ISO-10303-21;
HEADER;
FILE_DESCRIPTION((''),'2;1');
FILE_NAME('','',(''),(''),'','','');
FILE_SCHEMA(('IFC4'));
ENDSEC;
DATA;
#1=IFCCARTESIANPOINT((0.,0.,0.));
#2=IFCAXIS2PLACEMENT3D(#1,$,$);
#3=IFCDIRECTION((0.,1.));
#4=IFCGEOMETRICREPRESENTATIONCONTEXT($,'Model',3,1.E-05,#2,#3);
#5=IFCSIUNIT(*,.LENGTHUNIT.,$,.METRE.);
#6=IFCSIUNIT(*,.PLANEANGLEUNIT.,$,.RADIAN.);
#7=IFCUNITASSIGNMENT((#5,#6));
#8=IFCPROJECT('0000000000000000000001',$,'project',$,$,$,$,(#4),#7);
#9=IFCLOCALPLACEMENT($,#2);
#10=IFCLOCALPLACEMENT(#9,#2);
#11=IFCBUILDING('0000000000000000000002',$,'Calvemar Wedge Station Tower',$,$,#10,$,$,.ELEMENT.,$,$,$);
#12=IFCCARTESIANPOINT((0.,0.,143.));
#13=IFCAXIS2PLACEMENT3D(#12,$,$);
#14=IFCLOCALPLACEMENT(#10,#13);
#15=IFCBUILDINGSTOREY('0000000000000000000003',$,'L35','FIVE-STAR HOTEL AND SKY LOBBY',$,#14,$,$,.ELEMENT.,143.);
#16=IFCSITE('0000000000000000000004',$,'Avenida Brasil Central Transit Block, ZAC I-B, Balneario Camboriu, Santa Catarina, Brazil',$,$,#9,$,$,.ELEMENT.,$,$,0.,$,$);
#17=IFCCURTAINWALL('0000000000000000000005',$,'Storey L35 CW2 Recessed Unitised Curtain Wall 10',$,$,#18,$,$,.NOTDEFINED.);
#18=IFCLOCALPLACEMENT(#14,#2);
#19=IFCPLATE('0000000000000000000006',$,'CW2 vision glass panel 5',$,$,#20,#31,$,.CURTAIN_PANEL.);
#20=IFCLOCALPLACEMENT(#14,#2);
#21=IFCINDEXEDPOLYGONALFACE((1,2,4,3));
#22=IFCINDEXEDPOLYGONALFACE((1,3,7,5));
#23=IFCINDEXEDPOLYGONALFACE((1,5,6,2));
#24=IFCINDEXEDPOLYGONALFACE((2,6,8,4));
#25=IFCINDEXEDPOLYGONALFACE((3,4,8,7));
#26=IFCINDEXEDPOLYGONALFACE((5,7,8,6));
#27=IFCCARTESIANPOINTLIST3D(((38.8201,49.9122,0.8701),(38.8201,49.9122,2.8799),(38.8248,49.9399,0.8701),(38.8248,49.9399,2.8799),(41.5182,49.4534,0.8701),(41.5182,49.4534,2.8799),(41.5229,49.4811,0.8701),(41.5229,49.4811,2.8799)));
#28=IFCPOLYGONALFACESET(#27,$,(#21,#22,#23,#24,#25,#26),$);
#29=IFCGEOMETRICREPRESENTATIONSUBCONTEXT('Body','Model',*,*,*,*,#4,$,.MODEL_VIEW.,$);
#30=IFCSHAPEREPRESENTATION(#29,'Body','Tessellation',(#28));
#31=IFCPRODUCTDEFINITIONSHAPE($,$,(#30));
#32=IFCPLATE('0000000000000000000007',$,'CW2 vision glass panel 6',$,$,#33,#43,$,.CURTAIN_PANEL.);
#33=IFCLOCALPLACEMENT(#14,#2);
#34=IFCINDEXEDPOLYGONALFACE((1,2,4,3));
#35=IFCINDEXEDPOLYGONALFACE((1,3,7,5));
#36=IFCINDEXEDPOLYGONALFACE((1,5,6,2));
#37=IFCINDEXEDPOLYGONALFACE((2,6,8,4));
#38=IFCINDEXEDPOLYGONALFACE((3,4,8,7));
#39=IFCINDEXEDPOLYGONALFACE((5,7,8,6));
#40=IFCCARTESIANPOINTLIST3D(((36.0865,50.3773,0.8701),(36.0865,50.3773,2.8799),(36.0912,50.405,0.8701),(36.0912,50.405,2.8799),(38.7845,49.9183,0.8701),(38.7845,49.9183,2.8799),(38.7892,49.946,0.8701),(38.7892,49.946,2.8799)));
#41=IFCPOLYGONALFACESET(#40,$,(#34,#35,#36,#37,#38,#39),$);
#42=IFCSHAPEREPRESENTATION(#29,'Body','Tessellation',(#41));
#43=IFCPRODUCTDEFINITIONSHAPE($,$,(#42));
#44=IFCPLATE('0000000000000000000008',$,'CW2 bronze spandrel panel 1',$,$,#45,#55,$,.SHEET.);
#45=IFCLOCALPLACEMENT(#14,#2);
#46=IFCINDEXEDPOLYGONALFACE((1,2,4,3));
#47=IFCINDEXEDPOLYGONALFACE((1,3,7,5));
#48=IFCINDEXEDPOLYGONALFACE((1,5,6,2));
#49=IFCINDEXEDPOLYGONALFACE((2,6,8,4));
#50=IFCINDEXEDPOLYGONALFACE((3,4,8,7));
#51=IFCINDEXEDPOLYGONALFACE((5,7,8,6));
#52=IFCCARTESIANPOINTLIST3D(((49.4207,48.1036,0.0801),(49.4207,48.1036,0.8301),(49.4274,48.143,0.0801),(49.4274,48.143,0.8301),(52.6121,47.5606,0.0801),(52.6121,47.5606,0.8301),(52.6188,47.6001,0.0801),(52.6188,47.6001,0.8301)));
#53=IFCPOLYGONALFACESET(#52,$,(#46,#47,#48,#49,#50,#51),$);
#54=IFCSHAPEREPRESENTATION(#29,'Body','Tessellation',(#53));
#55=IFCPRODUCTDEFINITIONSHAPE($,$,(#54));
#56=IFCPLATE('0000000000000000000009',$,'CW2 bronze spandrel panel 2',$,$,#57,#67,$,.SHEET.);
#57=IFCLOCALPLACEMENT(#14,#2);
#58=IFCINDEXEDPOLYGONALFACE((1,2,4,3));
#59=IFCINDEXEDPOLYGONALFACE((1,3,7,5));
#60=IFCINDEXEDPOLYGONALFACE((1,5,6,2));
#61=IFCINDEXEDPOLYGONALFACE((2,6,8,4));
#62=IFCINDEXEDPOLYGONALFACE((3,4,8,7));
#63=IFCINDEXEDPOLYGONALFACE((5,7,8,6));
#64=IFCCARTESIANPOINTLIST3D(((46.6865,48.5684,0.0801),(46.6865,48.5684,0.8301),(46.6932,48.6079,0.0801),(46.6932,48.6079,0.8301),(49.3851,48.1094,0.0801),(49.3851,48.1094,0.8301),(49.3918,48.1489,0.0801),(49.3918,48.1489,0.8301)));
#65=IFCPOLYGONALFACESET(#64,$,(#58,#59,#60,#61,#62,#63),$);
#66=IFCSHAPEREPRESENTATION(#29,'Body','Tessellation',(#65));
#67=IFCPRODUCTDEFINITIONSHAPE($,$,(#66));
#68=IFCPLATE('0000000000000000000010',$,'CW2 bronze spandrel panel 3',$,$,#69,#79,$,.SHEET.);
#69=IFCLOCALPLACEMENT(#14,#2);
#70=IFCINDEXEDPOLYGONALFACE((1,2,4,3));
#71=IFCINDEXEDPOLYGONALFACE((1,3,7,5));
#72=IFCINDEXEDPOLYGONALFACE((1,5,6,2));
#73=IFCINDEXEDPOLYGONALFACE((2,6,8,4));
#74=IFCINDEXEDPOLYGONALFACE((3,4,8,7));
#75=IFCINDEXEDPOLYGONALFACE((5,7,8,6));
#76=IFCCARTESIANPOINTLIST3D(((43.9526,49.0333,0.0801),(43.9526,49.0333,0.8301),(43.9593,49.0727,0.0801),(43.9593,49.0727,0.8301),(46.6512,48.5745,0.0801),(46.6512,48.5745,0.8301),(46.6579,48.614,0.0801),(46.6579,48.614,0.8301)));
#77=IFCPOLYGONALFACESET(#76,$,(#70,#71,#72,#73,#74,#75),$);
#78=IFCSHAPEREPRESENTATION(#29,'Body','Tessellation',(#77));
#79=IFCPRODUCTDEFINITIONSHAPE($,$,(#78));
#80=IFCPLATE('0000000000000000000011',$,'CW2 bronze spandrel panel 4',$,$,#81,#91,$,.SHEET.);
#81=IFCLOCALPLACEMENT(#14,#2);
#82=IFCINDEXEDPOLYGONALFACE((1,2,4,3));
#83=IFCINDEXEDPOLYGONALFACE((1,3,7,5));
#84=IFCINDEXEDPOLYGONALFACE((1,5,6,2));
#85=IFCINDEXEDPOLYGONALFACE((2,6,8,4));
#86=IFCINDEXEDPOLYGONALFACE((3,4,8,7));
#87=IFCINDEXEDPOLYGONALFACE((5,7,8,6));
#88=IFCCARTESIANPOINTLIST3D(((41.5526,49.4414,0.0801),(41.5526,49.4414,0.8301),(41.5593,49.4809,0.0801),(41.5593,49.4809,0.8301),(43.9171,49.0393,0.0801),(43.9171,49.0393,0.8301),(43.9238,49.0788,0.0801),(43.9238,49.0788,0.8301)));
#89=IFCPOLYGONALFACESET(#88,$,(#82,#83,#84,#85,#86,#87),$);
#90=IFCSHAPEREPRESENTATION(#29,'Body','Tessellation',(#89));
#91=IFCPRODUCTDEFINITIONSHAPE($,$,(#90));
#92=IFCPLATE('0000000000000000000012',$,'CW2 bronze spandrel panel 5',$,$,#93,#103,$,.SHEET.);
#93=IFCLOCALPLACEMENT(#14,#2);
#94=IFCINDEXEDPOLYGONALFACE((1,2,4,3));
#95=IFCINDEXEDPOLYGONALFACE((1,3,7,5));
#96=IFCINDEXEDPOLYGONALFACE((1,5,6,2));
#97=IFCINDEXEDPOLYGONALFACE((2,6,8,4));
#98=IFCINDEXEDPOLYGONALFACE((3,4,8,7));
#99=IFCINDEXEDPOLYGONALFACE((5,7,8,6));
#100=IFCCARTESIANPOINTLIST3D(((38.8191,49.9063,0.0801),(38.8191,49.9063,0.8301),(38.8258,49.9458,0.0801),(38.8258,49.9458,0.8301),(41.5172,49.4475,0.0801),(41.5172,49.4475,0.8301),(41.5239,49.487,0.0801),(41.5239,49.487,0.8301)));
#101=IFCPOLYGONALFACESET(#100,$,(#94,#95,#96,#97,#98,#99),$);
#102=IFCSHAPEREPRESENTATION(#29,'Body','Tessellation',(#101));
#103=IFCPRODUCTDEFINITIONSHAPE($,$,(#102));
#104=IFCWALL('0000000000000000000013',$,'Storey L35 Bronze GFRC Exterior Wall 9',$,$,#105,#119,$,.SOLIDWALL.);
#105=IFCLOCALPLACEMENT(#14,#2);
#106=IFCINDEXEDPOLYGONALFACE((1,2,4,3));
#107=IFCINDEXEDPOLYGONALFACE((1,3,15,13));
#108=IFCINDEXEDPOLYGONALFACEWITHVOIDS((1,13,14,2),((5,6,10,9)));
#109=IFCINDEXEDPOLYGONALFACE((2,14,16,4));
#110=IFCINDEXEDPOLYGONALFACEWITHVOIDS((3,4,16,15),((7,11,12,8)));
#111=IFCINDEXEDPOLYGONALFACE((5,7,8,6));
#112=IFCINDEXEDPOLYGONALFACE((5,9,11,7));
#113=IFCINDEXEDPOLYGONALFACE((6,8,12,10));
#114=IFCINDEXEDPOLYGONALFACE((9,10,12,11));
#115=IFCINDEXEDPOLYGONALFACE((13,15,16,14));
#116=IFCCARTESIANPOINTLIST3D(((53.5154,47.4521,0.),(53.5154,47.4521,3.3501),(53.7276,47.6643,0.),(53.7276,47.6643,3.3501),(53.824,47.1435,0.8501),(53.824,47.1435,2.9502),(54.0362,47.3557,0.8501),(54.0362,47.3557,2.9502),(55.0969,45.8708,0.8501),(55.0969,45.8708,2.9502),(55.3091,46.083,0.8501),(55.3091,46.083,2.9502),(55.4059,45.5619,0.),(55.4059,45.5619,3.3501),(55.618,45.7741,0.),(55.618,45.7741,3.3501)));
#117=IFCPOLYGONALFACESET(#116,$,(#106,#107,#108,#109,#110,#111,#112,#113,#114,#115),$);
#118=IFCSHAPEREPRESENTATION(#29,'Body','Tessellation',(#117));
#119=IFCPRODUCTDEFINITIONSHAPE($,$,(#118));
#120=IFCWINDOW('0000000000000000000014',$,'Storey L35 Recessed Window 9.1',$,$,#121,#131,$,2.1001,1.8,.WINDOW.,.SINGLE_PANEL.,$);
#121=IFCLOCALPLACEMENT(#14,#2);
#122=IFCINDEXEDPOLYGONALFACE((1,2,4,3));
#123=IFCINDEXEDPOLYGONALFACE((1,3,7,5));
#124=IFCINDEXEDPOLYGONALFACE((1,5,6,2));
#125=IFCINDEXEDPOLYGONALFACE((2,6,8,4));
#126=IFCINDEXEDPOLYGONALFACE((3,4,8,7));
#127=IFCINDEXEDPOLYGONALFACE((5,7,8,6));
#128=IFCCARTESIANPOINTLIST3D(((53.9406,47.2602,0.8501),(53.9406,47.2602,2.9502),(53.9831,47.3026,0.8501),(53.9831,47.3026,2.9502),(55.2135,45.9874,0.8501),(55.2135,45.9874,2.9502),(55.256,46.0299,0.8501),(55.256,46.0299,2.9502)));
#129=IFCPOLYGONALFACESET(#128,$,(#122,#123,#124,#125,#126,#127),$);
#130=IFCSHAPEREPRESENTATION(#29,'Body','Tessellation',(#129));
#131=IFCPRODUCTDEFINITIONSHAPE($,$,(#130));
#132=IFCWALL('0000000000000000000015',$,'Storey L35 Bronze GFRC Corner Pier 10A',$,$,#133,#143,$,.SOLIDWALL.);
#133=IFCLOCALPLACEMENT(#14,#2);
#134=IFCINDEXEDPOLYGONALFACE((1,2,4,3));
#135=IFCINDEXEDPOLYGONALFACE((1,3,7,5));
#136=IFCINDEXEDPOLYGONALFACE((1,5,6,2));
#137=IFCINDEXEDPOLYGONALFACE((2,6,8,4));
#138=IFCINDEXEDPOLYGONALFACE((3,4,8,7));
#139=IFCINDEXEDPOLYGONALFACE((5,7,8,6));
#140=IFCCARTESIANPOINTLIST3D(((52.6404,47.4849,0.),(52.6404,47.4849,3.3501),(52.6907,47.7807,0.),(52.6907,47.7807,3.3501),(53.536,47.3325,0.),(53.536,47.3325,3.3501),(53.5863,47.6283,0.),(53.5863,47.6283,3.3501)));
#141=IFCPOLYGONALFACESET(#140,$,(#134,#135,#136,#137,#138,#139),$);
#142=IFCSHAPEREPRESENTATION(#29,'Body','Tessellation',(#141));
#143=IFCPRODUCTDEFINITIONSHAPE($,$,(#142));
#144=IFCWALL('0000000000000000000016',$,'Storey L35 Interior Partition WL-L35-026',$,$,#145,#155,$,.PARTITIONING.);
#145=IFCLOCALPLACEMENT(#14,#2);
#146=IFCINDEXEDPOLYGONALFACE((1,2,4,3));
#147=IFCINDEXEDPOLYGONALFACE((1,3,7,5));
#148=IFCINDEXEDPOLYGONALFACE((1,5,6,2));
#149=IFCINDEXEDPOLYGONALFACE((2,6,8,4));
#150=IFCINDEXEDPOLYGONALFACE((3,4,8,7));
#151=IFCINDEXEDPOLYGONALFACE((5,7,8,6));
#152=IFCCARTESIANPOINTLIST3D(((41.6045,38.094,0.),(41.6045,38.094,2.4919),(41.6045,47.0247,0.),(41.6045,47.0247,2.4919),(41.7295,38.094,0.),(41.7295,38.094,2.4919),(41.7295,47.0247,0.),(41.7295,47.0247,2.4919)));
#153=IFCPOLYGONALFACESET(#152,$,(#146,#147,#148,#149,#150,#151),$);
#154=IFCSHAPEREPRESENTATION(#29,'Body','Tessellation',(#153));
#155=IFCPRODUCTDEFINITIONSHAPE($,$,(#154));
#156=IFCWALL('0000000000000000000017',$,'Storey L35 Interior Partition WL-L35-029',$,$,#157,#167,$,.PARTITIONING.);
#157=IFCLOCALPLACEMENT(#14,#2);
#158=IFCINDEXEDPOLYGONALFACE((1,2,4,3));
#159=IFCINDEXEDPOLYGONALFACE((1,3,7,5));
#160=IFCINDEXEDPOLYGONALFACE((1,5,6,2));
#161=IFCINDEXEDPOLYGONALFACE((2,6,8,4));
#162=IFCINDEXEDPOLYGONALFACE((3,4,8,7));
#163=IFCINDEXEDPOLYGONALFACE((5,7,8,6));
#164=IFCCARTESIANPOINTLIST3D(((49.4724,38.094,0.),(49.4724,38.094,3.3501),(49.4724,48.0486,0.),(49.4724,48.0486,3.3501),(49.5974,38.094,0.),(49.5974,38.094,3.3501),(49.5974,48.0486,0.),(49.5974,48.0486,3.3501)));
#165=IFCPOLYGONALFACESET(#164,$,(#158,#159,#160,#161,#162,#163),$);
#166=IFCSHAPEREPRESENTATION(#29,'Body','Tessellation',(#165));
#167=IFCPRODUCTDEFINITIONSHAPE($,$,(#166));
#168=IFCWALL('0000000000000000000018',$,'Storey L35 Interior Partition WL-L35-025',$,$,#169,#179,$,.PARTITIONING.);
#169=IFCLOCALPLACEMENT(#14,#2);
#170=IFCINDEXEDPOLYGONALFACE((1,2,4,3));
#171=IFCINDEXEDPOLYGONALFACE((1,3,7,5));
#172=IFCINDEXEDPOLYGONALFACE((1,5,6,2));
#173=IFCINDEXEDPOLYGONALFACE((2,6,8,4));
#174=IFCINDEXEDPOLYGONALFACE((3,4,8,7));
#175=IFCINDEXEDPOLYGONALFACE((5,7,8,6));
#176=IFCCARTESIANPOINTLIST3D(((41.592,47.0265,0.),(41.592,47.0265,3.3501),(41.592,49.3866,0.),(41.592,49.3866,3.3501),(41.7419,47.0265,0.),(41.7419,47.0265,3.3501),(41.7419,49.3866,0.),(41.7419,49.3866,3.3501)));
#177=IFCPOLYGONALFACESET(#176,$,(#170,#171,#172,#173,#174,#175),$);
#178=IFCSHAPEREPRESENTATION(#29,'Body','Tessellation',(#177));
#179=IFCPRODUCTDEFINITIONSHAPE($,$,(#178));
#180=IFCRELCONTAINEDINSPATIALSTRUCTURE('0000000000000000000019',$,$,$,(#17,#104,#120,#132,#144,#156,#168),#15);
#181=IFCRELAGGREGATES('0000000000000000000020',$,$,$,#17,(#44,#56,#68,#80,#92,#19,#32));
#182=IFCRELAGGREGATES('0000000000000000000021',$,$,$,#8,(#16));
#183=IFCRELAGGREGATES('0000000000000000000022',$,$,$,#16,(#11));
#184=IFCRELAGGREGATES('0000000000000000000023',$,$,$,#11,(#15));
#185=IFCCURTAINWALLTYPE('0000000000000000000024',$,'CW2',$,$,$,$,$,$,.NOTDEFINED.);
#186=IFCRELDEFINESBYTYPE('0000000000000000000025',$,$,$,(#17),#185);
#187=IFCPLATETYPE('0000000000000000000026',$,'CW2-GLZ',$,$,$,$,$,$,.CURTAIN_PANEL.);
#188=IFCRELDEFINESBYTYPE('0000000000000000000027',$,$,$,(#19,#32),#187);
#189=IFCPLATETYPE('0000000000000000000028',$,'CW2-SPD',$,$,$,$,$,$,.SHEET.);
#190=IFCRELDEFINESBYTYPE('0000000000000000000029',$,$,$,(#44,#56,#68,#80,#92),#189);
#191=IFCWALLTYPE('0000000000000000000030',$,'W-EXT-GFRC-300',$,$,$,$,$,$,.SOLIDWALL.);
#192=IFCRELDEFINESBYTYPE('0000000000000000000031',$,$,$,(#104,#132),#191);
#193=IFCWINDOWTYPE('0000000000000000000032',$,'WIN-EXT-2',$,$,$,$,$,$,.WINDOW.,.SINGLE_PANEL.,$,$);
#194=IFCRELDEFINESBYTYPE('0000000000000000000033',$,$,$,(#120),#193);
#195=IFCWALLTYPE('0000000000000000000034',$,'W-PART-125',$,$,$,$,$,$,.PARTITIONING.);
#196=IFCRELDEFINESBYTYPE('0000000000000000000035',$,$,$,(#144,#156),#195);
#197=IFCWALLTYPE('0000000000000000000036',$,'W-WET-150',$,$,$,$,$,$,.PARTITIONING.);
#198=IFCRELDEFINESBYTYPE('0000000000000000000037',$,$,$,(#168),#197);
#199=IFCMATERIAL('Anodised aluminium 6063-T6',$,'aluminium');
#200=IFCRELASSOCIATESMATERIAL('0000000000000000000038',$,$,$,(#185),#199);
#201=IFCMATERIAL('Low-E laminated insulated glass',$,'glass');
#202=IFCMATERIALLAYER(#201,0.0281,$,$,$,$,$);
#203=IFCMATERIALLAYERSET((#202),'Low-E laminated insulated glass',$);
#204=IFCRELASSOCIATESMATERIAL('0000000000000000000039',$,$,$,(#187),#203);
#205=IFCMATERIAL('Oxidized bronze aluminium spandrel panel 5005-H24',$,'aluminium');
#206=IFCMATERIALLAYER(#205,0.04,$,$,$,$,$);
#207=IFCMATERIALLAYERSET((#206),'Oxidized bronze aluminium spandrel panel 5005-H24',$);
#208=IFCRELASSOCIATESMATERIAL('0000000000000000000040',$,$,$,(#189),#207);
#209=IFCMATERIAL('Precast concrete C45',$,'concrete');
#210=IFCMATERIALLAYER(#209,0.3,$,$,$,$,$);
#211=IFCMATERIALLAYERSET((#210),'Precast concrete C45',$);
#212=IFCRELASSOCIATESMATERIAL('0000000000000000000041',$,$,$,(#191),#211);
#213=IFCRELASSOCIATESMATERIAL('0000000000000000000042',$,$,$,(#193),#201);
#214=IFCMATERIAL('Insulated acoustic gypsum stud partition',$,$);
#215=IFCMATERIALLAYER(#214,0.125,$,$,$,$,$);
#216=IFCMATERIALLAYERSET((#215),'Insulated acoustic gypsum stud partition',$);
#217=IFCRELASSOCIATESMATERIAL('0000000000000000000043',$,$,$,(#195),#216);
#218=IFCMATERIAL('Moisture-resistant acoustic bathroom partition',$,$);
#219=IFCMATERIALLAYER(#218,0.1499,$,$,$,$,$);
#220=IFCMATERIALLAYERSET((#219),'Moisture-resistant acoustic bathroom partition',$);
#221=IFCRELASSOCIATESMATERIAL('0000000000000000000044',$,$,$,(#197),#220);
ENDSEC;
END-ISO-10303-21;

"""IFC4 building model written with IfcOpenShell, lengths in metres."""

from ifc_helpers import new_model, si_unit, direction, frame, frame_2d, origin, place, context, subcontext, project, spatial, rectangle, extrude, source, transform, mapped, material, layer, layer_set, type_object, element, fill, aggregate, save


model = new_model("IFC4")

# Units and contexts
model_context = context("Model", 3, precision=1e-05, world=origin(), true_north=direction((0.0, 1.0)))
body_context = subcontext(model_context, "Body", "Model", "MODEL_VIEW")
ifc_project = project(units=[si_unit("LENGTHUNIT", "METRE"), si_unit("PLANEANGLEUNIT", "RADIAN")], contexts=[model_context])

# Site, building, storey
site_placement = place(None, origin())
site = spatial("IfcSite", under=ifc_project, at=site_placement, Name="Avenida Brasil Central Transit Block, ZAC I-B, Balneario Camboriu, Santa Catarina, Brazil", CompositionType="ELEMENT", RefElevation=0.0)
building_placement = place(site_placement, origin())
building = spatial("IfcBuilding", under=site, at=building_placement, Name="Calvemar Wedge Station Tower", CompositionType="ELEMENT")
storey_placement = place(building_placement, frame((0.0, 0.0, 143.0)))
storey = spatial("IfcBuildingStorey", under=building, at=storey_placement, Name="L35", Description="FIVE-STAR HOTEL AND SKY LOBBY", CompositionType="ELEMENT", Elevation=143.0)

# Curtain wall, plates
ifc_material_1 = material(Name="Anodised aluminium 6063-T6", Category="aluminium")
curtain_wall_type = type_object("IfcCurtainWallType", Name="CW2", PredefinedType="NOTDEFINED", material=ifc_material_1)
curtain_wall_placement = place(storey_placement, origin())
curtain_wall = element("IfcCurtainWall", 1, at=curtain_wall_placement, inside=storey, type_object=curtain_wall_type, Name="Storey L35 CW2 Recessed Unitised Curtain Wall 10", PredefinedType="NOTDEFINED")
ifc_material_2 = material(Name="Low-E laminated insulated glass", Category="glass")
ifc_layer_1 = layer(ifc_material_2, 0.0281)
ifc_layer_set_1 = layer_set([ifc_layer_1], Name="Low-E laminated insulated glass")
plate_type_1 = type_object("IfcPlateType", Name="CW2-GLZ", PredefinedType="CURTAIN_PANEL", material=ifc_layer_set_1)
plate_1_placement = place(storey_placement, frame((41.5205, 49.4673, 0.8701), z_axis=(0.0, 0.0, 1.0), x_axis=(-0.985851, 0.167624, 0.0)))
plate_1 = element("IfcPlate", 2, at=plate_1_placement, type_object=plate_type_1, Name="CW2 vision glass panel 5", PredefinedType="CURTAIN_PANEL", context=body_context, shape_type="SweptSolid", body=[
    extrude(rectangle(XDim=2.7368, YDim=0.0281, at=frame_2d((1.3684, 0.0))), origin(), (0.0, 0.0, 1.0), 2.0098),
])
plate_2_placement = place(storey_placement, frame((38.7869, 49.9321, 0.8701), z_axis=(0.0, 0.0, 1.0), x_axis=(-0.985836, 0.167711, 0.0)))
plate_2 = element("IfcPlate", 3, at=plate_2_placement, type_object=plate_type_1, Name="CW2 vision glass panel 6", PredefinedType="CURTAIN_PANEL", context=body_context, shape_type="SweptSolid", body=[
    extrude(rectangle(XDim=2.7368, YDim=0.0281, at=frame_2d((1.3684, 0.0))), origin(), (0.0, 0.0, 1.0), 2.0098),
])
ifc_material_3 = material(Name="Oxidized bronze aluminium spandrel panel 5005-H24", Category="aluminium")
ifc_layer_2 = layer(ifc_material_3, 0.04)
ifc_layer_set_2 = layer_set([ifc_layer_2], Name="Oxidized bronze aluminium spandrel panel 5005-H24")
plate_type_2 = type_object("IfcPlateType", Name="CW2-SPD", PredefinedType="SHEET", material=ifc_layer_set_2)
plate_3_placement = place(storey_placement, frame((52.6155, 47.5803, 0.0801), z_axis=(0.0, 0.0, 1.0), x_axis=(-0.985834, 0.167724, 0.0)))
plate_3 = element("IfcPlate", 4, at=plate_3_placement, type_object=plate_type_2, Name="CW2 bronze spandrel panel 1", PredefinedType="SHEET", context=body_context, shape_type="SweptSolid", body=[
    extrude(rectangle(XDim=3.2373, YDim=0.04, at=frame_2d((1.6187, 0.0))), origin(), (0.0, 0.0, 1.0), 0.75),
])
plate_4_placement = place(storey_placement, frame((49.3884, 48.1292, 0.0801), z_axis=(0.0, 0.0, 1.0), x_axis=(-0.985841, 0.167681, 0.0)))
plate_4 = element("IfcPlate", 5, at=plate_4_placement, type_object=plate_type_2, Name="CW2 bronze spandrel panel 2", PredefinedType="SHEET", context=body_context, shape_type="SweptSolid", body=[
    extrude(rectangle(XDim=2.7373, YDim=0.04, at=frame_2d((1.3687, 0.0))), origin(), (0.0, 0.0, 1.0), 0.75),
])
plate_5_placement = place(storey_placement, frame((46.6545, 48.5942, 0.0801), z_axis=(0.0, 0.0, 1.0), x_axis=(-0.985856, 0.167595, 0.0)))
plate_5 = element("IfcPlate", 6, at=plate_5_placement, type_object=plate_type_2, Name="CW2 bronze spandrel panel 3", PredefinedType="SHEET", context=body_context, shape_type="SweptSolid", body=[
    extrude(rectangle(XDim=2.7373, YDim=0.04, at=frame_2d((1.3687, 0.0))), origin(), (0.0, 0.0, 1.0), 0.75),
])
plate_6_placement = place(storey_placement, frame((43.9204, 49.0591, 0.0801), z_axis=(0.0, 0.0, 1.0), x_axis=(-0.985847, 0.16765, 0.0)))
plate_6 = element("IfcPlate", 7, at=plate_6_placement, type_object=plate_type_2, Name="CW2 bronze spandrel panel 4", PredefinedType="SHEET", context=body_context, shape_type="SweptSolid", body=[
    extrude(rectangle(XDim=2.3984, YDim=0.04, at=frame_2d((1.1992, 0.0))), origin(), (0.0, 0.0, 1.0), 0.75),
])
plate_7_placement = place(storey_placement, frame((41.5205, 49.4673, 0.0801), z_axis=(0.0, 0.0, 1.0), x_axis=(-0.985851, 0.167624, 0.0)))
plate_7 = element("IfcPlate", 8, at=plate_7_placement, type_object=plate_type_2, Name="CW2 bronze spandrel panel 5", PredefinedType="SHEET", context=body_context, shape_type="SweptSolid", body=[
    extrude(rectangle(XDim=2.7368, YDim=0.04, at=frame_2d((1.3684, 0.0))), origin(), (0.0, 0.0, 1.0), 0.75),
])
aggregate(curtain_wall, [plate_3, plate_4, plate_5, plate_6, plate_7, plate_1, plate_2])

# Wall, opening, window
ifc_material_4 = material(Name="Precast concrete C45", Category="concrete")
ifc_layer_3 = layer(ifc_material_4, 0.3)
ifc_layer_set_3 = layer_set([ifc_layer_3], Name="Precast concrete C45")
wall_type_1 = type_object("IfcWallType", Name="W-EXT-GFRC-300", PredefinedType="SOLIDWALL", material=ifc_layer_set_3)
wall_1_placement = place(storey_placement, frame((55.512, 45.668, 0.0), z_axis=(0.0, 0.0, 1.0), x_axis=(-0.707152, 0.707061, 0.0)))
wall_1 = element("IfcWall", 9, at=wall_1_placement, inside=storey, type_object=wall_type_1, Name="Storey L35 Bronze GFRC Exterior Wall 9", PredefinedType="SOLIDWALL", context=body_context, shape_type="SweptSolid", body=[
    extrude(rectangle(XDim=2.6733, YDim=0.3, at=frame_2d((1.3367, 0.0))), origin(), (0.0, 0.0, 1.0), 3.3501),
])
shared_shape_1 = source(origin(), body_context, "Body", "SweptSolid", [
    extrude(rectangle(XDim=1.8, YDim=2.1001, at=frame_2d((0.8999, 1.05))), frame((0.0, 0.1602, 0.0), z_axis=(0.0, -1.0, 0.0), x_axis=(1.0, 0.0, 0.0)), (0.0, 0.0, 1.0), 0.3201),
])
opening_1_placement = place(wall_1_placement, frame((0.437, 0.0, 0.8501)))
opening_1 = element("IfcOpeningElement", 10, at=opening_1_placement, cuts=wall_1, PredefinedType="OPENING", context=body_context, shape_type="MappedRepresentation", body=[
    mapped(shared_shape_1, transform((0.0, 0.0, 0.0), scale=1.0)),
])
window_type = type_object("IfcWindowType", Name="WIN-EXT-2", PartitioningType="SINGLE_PANEL", PredefinedType="WINDOW", material=ifc_material_2)
shared_shape_2 = source(origin(), body_context, "Body", "SweptSolid", [
    extrude(rectangle(XDim=1.8, YDim=2.1001, at=frame_2d((0.8999, 1.05))), frame((0.0, -0.0149, 0.0), z_axis=(0.0, -1.0, 0.0), x_axis=(1.0, 0.0, 0.0)), (0.0, 0.0, 1.0), 0.0601),
])
window_placement = place(opening_1_placement, origin())
window = element("IfcWindow", 11, at=window_placement, inside=storey, type_object=window_type, Name="Storey L35 Recessed Window 9.1", OverallHeight=2.1001, OverallWidth=1.8, PartitioningType="SINGLE_PANEL", PredefinedType="WINDOW", context=body_context, shape_type="MappedRepresentation", body=[
    mapped(shared_shape_2, transform((0.0, 0.0, 0.0), scale=1.0)),
])
fill(opening_1, window)

# Walls
wall_2_placement = place(storey_placement, frame((53.561, 47.4805, 0.0), z_axis=(0.0, 0.0, 1.0), x_axis=(-0.985836, 0.16771, 0.0)))
element("IfcWall", 12, at=wall_2_placement, inside=storey, type_object=wall_type_1, Name="Storey L35 Bronze GFRC Corner Pier 10A", PredefinedType="SOLIDWALL", context=body_context, shape_type="SweptSolid", body=[
    extrude(rectangle(XDim=0.9084, YDim=0.3, at=frame_2d((0.4541, 0.0))), origin(), (0.0, 0.0, 1.0), 3.3501),
])
ifc_material_5 = material(Name="Insulated acoustic gypsum stud partition")
ifc_layer_4 = layer(ifc_material_5, 0.125)
ifc_layer_set_4 = layer_set([ifc_layer_4], Name="Insulated acoustic gypsum stud partition")
wall_type_2 = type_object("IfcWallType", Name="W-PART-125", PredefinedType="PARTITIONING", material=ifc_layer_set_4)
wall_3_placement = place(storey_placement, frame((41.667, 47.0247, 0.0), z_axis=(0.0, 0.0, 1.0), x_axis=(0.0, -1.0, 0.0)))
element("IfcWall", 13, at=wall_3_placement, inside=storey, type_object=wall_type_2, Name="Storey L35 Interior Partition WL-L35-026", PredefinedType="PARTITIONING", context=body_context, shape_type="SweptSolid", body=[
    extrude(rectangle(XDim=8.9307, YDim=0.125, at=frame_2d((4.4653, 0.0))), origin(), (0.0, 0.0, 1.0), 2.4919),
])
wall_4_placement = place(storey_placement, frame((49.5349, 48.0486, 0.0), z_axis=(0.0, 0.0, 1.0), x_axis=(0.0, -1.0, 0.0)))
element("IfcWall", 14, at=wall_4_placement, inside=storey, type_object=wall_type_2, Name="Storey L35 Interior Partition WL-L35-029", PredefinedType="PARTITIONING", context=body_context, shape_type="SweptSolid", body=[
    extrude(rectangle(XDim=9.9546, YDim=0.125, at=frame_2d((4.9773, 0.0))), origin(), (0.0, 0.0, 1.0), 3.3501),
])
ifc_material_6 = material(Name="Moisture-resistant acoustic bathroom partition")
ifc_layer_5 = layer(ifc_material_6, 0.1499)
ifc_layer_set_5 = layer_set([ifc_layer_5], Name="Moisture-resistant acoustic bathroom partition")
wall_type_3 = type_object("IfcWallType", Name="W-WET-150", PredefinedType="PARTITIONING", material=ifc_layer_set_5)
wall_5_placement = place(storey_placement, frame((41.667, 49.3867, 0.0), z_axis=(0.0, 0.0, 1.0), x_axis=(0.0, -1.0, 0.0)))
element("IfcWall", 15, at=wall_5_placement, inside=storey, type_object=wall_type_3, Name="Storey L35 Interior Partition WL-L35-025", PredefinedType="PARTITIONING", context=body_context, shape_type="SweptSolid", body=[
    extrude(rectangle(XDim=2.3601, YDim=0.1499, at=frame_2d((1.1802, 0.0))), origin(), (0.0, 0.0, 1.0), 3.3501),
])

save(model, "model.ifc")
